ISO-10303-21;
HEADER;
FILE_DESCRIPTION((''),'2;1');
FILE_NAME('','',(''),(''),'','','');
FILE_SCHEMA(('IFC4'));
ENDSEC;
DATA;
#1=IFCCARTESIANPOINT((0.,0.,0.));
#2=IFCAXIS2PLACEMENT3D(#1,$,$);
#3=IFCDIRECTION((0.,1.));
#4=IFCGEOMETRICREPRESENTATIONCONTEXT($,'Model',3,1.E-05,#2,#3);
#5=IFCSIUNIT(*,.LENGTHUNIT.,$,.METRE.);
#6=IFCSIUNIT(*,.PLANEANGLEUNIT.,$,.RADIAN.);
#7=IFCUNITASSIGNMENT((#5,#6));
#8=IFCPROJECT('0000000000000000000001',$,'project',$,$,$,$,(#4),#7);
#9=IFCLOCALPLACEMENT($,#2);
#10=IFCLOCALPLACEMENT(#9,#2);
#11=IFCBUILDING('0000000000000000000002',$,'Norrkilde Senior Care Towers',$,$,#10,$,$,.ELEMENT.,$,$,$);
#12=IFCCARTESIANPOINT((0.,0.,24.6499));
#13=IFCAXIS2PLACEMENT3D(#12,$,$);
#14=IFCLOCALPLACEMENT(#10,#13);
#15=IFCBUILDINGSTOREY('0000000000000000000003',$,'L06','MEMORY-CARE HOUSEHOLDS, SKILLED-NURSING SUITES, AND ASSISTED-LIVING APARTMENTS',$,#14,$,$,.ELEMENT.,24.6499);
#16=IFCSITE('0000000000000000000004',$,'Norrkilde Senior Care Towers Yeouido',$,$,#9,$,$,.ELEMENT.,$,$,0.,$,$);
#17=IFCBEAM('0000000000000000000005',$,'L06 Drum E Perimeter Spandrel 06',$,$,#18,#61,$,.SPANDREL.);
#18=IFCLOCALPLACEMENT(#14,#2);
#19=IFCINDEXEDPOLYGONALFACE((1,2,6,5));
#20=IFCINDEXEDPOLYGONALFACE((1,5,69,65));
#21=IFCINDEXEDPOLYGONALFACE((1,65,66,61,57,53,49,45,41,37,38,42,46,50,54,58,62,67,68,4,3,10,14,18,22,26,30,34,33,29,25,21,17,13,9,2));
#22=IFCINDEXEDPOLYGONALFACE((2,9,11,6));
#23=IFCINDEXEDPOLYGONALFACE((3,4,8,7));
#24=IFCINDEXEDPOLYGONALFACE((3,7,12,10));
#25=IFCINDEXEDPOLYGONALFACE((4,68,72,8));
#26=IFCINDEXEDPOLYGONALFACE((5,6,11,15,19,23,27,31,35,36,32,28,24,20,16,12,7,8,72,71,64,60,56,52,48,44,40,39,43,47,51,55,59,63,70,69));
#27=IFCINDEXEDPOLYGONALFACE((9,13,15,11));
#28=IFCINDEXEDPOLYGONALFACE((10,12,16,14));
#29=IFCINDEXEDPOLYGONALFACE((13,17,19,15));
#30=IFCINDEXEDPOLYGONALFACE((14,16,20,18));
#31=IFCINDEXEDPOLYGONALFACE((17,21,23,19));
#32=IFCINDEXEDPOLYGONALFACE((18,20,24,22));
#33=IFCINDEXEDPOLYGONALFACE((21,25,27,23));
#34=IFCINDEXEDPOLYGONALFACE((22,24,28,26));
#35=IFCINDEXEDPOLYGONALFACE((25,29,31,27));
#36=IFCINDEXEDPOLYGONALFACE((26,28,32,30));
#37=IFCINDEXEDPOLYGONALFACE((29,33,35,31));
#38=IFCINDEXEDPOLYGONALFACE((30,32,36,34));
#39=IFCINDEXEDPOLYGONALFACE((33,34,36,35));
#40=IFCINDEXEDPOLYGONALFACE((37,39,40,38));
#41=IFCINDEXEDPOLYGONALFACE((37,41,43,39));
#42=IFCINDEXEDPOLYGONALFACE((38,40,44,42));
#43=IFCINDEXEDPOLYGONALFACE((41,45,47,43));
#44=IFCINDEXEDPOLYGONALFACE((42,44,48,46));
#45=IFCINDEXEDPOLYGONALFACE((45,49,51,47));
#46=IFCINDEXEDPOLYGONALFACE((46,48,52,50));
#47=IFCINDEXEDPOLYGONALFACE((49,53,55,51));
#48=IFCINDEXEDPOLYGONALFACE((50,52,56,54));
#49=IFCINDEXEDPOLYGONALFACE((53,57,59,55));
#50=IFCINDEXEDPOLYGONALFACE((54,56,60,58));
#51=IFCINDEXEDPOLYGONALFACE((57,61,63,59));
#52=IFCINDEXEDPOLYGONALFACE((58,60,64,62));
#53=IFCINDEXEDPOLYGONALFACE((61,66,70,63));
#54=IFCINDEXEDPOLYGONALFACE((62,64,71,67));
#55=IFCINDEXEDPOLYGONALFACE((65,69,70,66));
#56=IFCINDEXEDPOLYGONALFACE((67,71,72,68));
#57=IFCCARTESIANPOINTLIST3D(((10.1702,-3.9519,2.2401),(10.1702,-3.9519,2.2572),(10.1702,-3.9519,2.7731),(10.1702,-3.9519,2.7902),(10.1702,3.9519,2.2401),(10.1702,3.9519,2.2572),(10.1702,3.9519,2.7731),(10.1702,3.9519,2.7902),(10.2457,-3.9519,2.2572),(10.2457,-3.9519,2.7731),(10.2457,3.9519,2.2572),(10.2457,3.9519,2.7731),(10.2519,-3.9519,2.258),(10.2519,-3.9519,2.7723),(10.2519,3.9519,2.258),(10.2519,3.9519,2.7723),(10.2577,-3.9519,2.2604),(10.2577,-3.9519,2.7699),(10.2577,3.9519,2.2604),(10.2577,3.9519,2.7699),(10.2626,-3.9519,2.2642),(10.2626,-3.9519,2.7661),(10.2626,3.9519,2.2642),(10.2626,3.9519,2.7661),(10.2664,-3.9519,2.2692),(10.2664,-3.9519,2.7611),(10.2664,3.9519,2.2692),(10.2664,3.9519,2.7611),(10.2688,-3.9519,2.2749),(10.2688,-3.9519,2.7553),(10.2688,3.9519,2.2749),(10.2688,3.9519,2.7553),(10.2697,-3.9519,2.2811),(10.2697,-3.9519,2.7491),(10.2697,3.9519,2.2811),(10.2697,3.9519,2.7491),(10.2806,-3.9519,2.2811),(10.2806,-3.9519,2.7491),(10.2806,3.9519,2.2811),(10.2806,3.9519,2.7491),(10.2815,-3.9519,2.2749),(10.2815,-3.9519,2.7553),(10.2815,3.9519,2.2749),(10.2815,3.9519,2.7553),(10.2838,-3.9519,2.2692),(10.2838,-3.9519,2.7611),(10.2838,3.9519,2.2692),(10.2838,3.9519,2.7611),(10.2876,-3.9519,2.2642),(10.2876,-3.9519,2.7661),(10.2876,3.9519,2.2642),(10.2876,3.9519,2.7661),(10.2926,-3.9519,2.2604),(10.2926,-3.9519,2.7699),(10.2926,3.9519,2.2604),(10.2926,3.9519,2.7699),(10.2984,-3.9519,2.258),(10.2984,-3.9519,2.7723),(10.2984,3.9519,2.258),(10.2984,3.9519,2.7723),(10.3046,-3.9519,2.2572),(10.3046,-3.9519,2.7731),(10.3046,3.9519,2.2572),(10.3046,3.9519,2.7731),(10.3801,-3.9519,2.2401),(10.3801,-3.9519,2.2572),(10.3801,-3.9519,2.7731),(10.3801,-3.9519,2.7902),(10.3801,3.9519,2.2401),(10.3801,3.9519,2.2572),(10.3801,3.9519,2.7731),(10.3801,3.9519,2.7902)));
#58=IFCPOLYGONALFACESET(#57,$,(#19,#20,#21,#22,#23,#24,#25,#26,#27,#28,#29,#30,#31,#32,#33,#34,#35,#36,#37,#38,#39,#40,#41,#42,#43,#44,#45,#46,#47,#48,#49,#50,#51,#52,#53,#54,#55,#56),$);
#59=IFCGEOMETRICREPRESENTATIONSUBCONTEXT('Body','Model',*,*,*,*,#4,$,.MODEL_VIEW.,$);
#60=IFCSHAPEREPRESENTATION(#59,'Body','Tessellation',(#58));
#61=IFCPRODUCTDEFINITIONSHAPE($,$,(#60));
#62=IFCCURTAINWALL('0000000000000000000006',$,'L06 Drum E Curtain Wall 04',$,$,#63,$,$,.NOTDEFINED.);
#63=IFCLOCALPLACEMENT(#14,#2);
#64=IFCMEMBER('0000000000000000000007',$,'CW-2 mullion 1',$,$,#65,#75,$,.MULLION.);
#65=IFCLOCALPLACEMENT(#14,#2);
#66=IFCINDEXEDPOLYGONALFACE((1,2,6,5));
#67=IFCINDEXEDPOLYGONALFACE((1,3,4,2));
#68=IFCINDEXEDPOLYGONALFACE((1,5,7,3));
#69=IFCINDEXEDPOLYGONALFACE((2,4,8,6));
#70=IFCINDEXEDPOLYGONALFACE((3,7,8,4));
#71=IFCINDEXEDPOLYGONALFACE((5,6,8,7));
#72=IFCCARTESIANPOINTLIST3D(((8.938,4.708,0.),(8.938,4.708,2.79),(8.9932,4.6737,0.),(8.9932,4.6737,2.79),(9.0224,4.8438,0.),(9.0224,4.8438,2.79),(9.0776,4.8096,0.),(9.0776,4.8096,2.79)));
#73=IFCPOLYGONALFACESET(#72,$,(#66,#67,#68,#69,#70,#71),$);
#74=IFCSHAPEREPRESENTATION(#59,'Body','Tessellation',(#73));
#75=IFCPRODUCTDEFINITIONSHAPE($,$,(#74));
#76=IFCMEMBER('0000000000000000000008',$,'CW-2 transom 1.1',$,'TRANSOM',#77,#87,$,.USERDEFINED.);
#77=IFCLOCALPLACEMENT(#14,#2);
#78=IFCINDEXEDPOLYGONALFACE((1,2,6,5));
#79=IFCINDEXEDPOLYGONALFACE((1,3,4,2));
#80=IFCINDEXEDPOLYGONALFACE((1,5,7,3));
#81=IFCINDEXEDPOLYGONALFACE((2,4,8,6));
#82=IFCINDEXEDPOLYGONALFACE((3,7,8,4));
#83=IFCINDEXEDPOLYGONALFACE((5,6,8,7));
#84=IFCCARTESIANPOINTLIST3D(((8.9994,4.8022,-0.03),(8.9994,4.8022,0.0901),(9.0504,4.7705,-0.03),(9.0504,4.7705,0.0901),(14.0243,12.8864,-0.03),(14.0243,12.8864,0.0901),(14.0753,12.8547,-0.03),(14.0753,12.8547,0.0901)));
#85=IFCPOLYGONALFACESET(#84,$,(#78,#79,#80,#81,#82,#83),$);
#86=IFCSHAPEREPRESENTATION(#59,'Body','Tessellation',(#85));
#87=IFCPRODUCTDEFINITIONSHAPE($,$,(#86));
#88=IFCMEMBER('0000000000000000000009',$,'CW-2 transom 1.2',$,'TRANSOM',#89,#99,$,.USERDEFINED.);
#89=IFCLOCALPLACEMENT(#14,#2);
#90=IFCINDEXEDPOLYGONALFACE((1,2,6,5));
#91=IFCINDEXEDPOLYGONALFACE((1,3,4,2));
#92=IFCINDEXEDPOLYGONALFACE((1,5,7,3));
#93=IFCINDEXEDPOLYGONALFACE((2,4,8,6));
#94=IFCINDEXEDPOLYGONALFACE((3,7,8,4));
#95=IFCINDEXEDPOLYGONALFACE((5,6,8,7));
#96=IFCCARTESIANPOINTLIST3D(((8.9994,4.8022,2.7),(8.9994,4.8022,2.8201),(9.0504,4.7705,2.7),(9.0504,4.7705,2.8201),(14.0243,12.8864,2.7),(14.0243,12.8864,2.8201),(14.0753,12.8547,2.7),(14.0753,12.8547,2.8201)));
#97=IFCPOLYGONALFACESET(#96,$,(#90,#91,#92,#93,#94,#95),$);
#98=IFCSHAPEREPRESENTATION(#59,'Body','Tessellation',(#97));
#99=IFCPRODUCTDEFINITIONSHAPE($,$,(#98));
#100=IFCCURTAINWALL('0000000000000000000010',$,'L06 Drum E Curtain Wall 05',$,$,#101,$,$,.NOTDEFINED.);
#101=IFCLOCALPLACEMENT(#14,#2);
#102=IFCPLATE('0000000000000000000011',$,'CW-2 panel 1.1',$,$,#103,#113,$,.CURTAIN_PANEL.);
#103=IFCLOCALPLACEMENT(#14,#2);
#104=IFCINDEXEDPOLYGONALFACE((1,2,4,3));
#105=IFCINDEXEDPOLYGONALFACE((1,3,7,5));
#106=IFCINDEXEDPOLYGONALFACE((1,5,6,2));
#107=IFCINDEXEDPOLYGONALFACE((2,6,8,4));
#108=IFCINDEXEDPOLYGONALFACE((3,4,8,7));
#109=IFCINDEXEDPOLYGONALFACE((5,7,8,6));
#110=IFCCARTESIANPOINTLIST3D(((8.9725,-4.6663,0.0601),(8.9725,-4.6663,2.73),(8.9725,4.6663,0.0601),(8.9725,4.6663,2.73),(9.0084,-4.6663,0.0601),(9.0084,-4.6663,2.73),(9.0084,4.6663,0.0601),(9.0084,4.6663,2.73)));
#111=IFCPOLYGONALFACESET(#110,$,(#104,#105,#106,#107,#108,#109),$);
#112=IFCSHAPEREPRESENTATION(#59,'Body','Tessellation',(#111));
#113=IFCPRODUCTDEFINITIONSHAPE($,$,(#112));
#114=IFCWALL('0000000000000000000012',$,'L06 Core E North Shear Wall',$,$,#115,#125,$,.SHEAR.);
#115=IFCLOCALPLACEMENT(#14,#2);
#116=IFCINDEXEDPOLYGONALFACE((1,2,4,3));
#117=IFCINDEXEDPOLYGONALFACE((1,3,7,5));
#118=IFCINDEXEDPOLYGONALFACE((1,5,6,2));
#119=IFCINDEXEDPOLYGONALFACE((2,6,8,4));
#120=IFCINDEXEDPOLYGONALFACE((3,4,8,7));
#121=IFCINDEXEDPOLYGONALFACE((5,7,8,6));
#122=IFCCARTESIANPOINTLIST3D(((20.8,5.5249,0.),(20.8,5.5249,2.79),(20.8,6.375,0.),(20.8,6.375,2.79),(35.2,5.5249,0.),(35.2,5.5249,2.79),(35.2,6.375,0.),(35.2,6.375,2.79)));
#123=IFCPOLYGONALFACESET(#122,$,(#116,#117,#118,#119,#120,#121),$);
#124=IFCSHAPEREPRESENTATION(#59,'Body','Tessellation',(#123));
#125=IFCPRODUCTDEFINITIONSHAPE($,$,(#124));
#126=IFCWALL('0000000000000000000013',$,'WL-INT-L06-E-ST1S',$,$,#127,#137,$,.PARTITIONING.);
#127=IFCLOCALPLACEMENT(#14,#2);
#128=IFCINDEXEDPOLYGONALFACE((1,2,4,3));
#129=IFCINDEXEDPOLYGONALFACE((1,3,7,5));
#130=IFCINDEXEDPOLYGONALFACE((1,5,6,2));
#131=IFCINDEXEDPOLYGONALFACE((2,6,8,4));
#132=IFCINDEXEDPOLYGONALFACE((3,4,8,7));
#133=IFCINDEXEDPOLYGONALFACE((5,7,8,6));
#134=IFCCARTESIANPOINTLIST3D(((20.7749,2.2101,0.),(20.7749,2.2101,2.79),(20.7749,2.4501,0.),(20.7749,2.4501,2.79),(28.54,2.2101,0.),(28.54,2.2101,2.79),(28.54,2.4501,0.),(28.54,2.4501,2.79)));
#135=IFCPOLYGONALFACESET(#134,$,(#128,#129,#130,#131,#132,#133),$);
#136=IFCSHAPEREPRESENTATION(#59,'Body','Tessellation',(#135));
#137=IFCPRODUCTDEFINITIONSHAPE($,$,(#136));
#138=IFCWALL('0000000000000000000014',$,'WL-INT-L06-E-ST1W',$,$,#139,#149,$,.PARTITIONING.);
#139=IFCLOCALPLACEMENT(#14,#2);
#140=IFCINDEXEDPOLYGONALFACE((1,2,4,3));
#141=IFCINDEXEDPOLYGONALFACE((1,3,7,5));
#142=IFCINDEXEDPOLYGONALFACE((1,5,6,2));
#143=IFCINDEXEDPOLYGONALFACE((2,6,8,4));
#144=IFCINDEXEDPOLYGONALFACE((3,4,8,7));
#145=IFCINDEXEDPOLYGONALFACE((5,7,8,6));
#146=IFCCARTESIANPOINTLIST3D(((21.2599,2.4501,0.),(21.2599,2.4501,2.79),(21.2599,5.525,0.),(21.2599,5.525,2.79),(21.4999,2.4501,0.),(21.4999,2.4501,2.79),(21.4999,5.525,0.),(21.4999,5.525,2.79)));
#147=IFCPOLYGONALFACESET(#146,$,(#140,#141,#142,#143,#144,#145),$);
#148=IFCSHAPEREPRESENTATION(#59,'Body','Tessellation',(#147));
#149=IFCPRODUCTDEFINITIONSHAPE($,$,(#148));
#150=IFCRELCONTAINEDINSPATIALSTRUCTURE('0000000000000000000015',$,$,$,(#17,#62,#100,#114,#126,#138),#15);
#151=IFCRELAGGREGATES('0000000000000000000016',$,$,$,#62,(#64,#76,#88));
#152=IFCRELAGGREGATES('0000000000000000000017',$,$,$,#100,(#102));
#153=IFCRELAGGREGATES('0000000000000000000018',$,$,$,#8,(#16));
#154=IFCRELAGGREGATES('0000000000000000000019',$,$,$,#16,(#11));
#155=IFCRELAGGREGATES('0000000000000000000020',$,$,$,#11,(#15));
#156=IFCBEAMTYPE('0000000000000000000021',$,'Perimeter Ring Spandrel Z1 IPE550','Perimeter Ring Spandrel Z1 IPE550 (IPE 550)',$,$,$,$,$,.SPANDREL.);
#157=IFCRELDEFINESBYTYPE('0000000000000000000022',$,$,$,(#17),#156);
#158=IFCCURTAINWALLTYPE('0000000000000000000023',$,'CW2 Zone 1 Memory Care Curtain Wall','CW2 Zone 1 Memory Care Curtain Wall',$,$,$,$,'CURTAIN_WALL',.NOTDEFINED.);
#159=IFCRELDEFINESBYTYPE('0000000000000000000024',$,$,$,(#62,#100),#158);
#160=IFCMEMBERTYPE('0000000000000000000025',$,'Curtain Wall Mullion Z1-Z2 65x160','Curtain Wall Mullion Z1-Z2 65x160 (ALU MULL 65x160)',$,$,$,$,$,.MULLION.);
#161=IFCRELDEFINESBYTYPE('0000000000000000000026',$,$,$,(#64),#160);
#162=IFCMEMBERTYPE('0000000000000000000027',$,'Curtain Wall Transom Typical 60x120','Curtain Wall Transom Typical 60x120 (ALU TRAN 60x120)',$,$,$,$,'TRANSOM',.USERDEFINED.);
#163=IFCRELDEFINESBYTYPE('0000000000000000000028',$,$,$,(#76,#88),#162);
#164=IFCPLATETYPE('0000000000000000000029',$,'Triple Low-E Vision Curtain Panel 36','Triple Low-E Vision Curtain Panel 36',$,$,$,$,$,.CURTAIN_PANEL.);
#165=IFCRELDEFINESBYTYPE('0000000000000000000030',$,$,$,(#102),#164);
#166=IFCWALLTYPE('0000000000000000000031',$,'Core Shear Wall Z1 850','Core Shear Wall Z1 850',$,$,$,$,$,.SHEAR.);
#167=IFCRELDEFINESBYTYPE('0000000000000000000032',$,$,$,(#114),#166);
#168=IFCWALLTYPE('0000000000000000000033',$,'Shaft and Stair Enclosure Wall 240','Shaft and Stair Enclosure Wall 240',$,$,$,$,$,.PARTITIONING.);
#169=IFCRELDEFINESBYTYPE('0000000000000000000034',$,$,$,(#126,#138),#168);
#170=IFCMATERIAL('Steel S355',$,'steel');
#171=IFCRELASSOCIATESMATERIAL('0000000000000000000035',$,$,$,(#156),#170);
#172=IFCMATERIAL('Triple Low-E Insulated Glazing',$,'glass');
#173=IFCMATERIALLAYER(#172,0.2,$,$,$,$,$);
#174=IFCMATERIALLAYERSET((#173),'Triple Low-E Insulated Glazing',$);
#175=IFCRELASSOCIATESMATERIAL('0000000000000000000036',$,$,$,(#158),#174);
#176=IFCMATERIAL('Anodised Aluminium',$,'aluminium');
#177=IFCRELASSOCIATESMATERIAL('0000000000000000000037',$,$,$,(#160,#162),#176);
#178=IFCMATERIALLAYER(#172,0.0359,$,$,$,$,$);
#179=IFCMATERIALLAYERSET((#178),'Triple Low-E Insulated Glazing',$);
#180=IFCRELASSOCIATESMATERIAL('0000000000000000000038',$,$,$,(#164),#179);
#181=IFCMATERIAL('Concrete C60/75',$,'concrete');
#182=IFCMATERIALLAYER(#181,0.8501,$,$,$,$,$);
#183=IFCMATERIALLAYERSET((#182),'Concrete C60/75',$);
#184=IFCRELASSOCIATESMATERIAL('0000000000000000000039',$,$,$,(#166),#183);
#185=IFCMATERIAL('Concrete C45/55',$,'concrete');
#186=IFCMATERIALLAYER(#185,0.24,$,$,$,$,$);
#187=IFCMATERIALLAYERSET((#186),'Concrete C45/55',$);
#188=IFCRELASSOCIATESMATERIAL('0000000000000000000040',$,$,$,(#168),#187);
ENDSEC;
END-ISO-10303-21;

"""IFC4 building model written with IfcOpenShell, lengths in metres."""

from ifc_helpers import new_model, si_unit, direction, frame, frame_2d, origin, origin_2d, place, context, subcontext, project, spatial, rectangle, i_section, extrude, source, transform, mapped, material, layer, layer_set, material_profile, profile_set, type_object, type_shapes, element, aggregate, save


model = new_model("IFC4")

# Units and contexts
model_context = context("Model", 3, precision=1e-05, world=origin(), true_north=direction((0.0, 1.0)))
body_context = subcontext(model_context, "Body", "Model", "MODEL_VIEW")
ifc_project = project(units=[si_unit("LENGTHUNIT", "METRE"), si_unit("PLANEANGLEUNIT", "RADIAN")], contexts=[model_context])

# Site, building, storey
site_placement = place(None, origin())
site = spatial("IfcSite", under=ifc_project, at=site_placement, Name="Norrkilde Senior Care Towers Yeouido", CompositionType="ELEMENT", RefElevation=0.0)
building_placement = place(site_placement, origin())
building = spatial("IfcBuilding", under=site, at=building_placement, Name="Norrkilde Senior Care Towers", CompositionType="ELEMENT")
storey_placement = place(building_placement, frame((0.0, 0.0, 24.6499)))
storey = spatial("IfcBuildingStorey", under=building, at=storey_placement, Name="L06", Description="MEMORY-CARE HOUSEHOLDS, SKILLED-NURSING SUITES, AND ASSISTED-LIVING APARTMENTS", CompositionType="ELEMENT", Elevation=24.6499)

# Shared definitions
ifc_material_1 = material(Name="Concrete C60/75", Category="concrete")

# Beam
ifc_material_2 = material(Name="Steel S355", Category="steel")
ifc_material_profile_1 = material_profile(ifc_material_2, i_section(OverallWidth=0.21, OverallDepth=0.55, WebThickness=0.011, FlangeThickness=0.0171, FilletRadius=0.0239, at=origin_2d()), Name="IPE 550")
ifc_profile_set_1 = profile_set([ifc_material_profile_1], Name="Steel S355")
beam_type_1 = type_object("IfcBeamType", Name="Perimeter Ring Spandrel Z1 IPE550", Description="Perimeter Ring Spandrel Z1 IPE550 (IPE 550)", PredefinedType="SPANDREL", material=ifc_profile_set_1)
shared_shape_1 = source(origin(), body_context, "Body", "SweptSolid", [
    extrude(i_section(OverallWidth=0.21, OverallDepth=0.55, WebThickness=0.011, FlangeThickness=0.0171, FilletRadius=0.0239, at=origin_2d()), origin(), (0.0, 0.0, 1.0), 7.9038),
])
type_shapes(beam_type_1, [shared_shape_1])
beam_1_placement = place(storey_placement, frame((10.2751, 3.9519, 2.5151), z_axis=(0.0, -1.0, 0.0), x_axis=(1.0, 0.0, 0.0)))
element("IfcBeam", 1, at=beam_1_placement, inside=storey, type_object=beam_type_1, Name="L06 Drum E Perimeter Spandrel 06", PredefinedType="SPANDREL", context=body_context, shape_type="MappedRepresentation", body=[
    mapped(shared_shape_1, transform((0.0, 0.0, 0.0), x_axis=(1.0, 0.0, 0.0), y_axis=(0.0, 1.0, 0.0), z_axis=(0.0, 0.0, 1.0), scale=1.0)),
])

# Curtain wall, members
ifc_material_3 = material(Name="Triple Low-E Insulated Glazing", Category="glass")
ifc_layer_1 = layer(ifc_material_3, 0.2)
ifc_layer_set_1 = layer_set([ifc_layer_1], Name="Triple Low-E Insulated Glazing")
curtain_wall_type = type_object("IfcCurtainWallType", Name="CW2 Zone 1 Memory Care Curtain Wall", Description="CW2 Zone 1 Memory Care Curtain Wall", ElementType="CURTAIN_WALL", PredefinedType="NOTDEFINED", material=ifc_layer_set_1)
curtain_wall_1_placement = place(storey_placement, origin())
curtain_wall_1 = element("IfcCurtainWall", 2, at=curtain_wall_1_placement, inside=storey, type_object=curtain_wall_type, Name="L06 Drum E Curtain Wall 04", PredefinedType="NOTDEFINED")
ifc_material_4 = material(Name="Anodised Aluminium", Category="aluminium")
ifc_material_profile_2 = material_profile(ifc_material_4, rectangle(XDim=0.0649, YDim=0.1599, at=origin_2d()), Name="ALU MULL 65x160")
ifc_profile_set_2 = profile_set([ifc_material_profile_2], Name="Anodised Aluminium")
member_type_1 = type_object("IfcMemberType", Name="Curtain Wall Mullion Z1-Z2 65x160", Description="Curtain Wall Mullion Z1-Z2 65x160 (ALU MULL 65x160)", PredefinedType="MULLION", material=ifc_profile_set_2)
shared_shape_2 = source(origin(), body_context, "Body", "SweptSolid", [
    extrude(rectangle(XDim=0.0649, YDim=0.1599, at=origin_2d()), origin(), (0.0, 0.0, 1.0), 2.79),
])
type_shapes(member_type_1, [shared_shape_2])
member_1_placement = place(storey_placement, frame((9.0078, 4.7588, 0.0), z_axis=(0.0, 0.0, 1.0), x_axis=(-0.849306, 0.527901, 0.0)))
member_1 = element("IfcMember", 3, at=member_1_placement, type_object=member_type_1, Name="CW-2 mullion 1", PredefinedType="MULLION", context=body_context, shape_type="MappedRepresentation", body=[
    mapped(shared_shape_2, transform((0.0, 0.0, 0.0), x_axis=(1.0, 0.0, 0.0), y_axis=(0.0, 1.0, 0.0), z_axis=(0.0, 0.0, 1.0), scale=1.0)),
])
ifc_material_profile_3 = material_profile(ifc_material_4, rectangle(XDim=0.0601, YDim=0.1201, at=origin_2d()), Name="ALU TRAN 60x120")
ifc_profile_set_3 = profile_set([ifc_material_profile_3], Name="Anodised Aluminium")
member_type_2 = type_object("IfcMemberType", Name="Curtain Wall Transom Typical 60x120", Description="Curtain Wall Transom Typical 60x120 (ALU TRAN 60x120)", ElementType="TRANSOM", PredefinedType="USERDEFINED", material=ifc_profile_set_3)
shared_shape_3 = source(origin(), body_context, "Body", "SweptSolid", [
    extrude(rectangle(XDim=0.0601, YDim=0.1201, at=origin_2d()), origin(), (0.0, 0.0, 1.0), 9.5186),
])
type_shapes(member_type_2, [shared_shape_3])
member_2_placement = place(storey_placement, frame((9.0249, 4.7864, 0.03), z_axis=(0.527902, 0.849306, 0.0), x_axis=(-0.849306, 0.527902, 0.0)))
member_2 = element("IfcMember", 4, at=member_2_placement, type_object=member_type_2, Name="CW-2 transom 1.1", ObjectType="TRANSOM", PredefinedType="USERDEFINED", context=body_context, shape_type="MappedRepresentation", body=[
    mapped(shared_shape_3, transform((0.0, 0.0, 0.0), x_axis=(1.0, 0.0, 0.0), y_axis=(0.0, 1.0, 0.0), z_axis=(0.0, 0.0, 1.0), scale=1.0)),
])
member_3_placement = place(storey_placement, frame((9.0249, 4.7864, 2.76), z_axis=(0.527902, 0.849306, 0.0), x_axis=(-0.849306, 0.527902, 0.0)))
member_3 = element("IfcMember", 5, at=member_3_placement, type_object=member_type_2, Name="CW-2 transom 1.2", ObjectType="TRANSOM", PredefinedType="USERDEFINED", context=body_context, shape_type="MappedRepresentation", body=[
    mapped(shared_shape_3, transform((0.0, 0.0, 0.0), x_axis=(1.0, 0.0, 0.0), y_axis=(0.0, 1.0, 0.0), z_axis=(0.0, 0.0, 1.0), scale=1.0)),
])
aggregate(curtain_wall_1, [member_1, member_2, member_3])

# Curtain wall, plate
curtain_wall_2_placement = place(storey_placement, origin())
curtain_wall_2 = element("IfcCurtainWall", 6, at=curtain_wall_2_placement, inside=storey, type_object=curtain_wall_type, Name="L06 Drum E Curtain Wall 05", PredefinedType="NOTDEFINED")
ifc_layer_2 = layer(ifc_material_3, 0.0359)
ifc_layer_set_2 = layer_set([ifc_layer_2], Name="Triple Low-E Insulated Glazing")
plate_type = type_object("IfcPlateType", Name="Triple Low-E Vision Curtain Panel 36", Description="Triple Low-E Vision Curtain Panel 36", PredefinedType="CURTAIN_PANEL", material=ifc_layer_set_2)
shared_shape_4 = source(origin(), body_context, "Body", "SweptSolid", [
    extrude(rectangle(XDim=9.3325, YDim=0.0359, at=origin_2d()), origin(), (0.0, 0.0, 1.0), 2.6699),
])
type_shapes(plate_type, [shared_shape_4])
plate_placement = place(storey_placement, frame((8.9905, 0.0, 0.0601), z_axis=(0.0, 0.0, 1.0), x_axis=(0.0, 1.0, 0.0)))
plate = element("IfcPlate", 7, at=plate_placement, type_object=plate_type, Name="CW-2 panel 1.1", PredefinedType="CURTAIN_PANEL", context=body_context, shape_type="MappedRepresentation", body=[
    mapped(shared_shape_4, transform((0.0, 0.0, 0.0), x_axis=(1.0, 0.0, 0.0), y_axis=(0.0, 1.0, 0.0), z_axis=(0.0, 0.0, 1.0), scale=1.0)),
])
aggregate(curtain_wall_2, [plate])

# Walls
ifc_layer_3 = layer(ifc_material_1, 0.8501)
ifc_layer_set_3 = layer_set([ifc_layer_3], Name="Concrete C60/75")
wall_type_1 = type_object("IfcWallType", Name="Core Shear Wall Z1 850", Description="Core Shear Wall Z1 850", PredefinedType="SHEAR", material=ifc_layer_set_3)
shared_shape_5 = source(origin(), body_context, "Body", "SweptSolid", [
    extrude(rectangle(XDim=14.3999, YDim=0.8501, at=frame_2d((7.2, 0.0))), origin(), (0.0, 0.0, 1.0), 2.79),
])
type_shapes(wall_type_1, [shared_shape_5])
wall_1_placement = place(storey_placement, frame((20.8, 5.95, 0.0), z_axis=(0.0, 0.0, 1.0), x_axis=(1.0, 0.0, 0.0)))
element("IfcWall", 8, at=wall_1_placement, inside=storey, type_object=wall_type_1, Name="L06 Core E North Shear Wall", PredefinedType="SHEAR", context=body_context, shape_type="MappedRepresentation", body=[
    mapped(shared_shape_5, transform((0.0, 0.0, 0.0), x_axis=(1.0, 0.0, 0.0), y_axis=(0.0, 1.0, 0.0), z_axis=(0.0, 0.0, 1.0), scale=1.0)),
])
ifc_material_5 = material(Name="Concrete C45/55", Category="concrete")
ifc_layer_4 = layer(ifc_material_5, 0.24)
ifc_layer_set_4 = layer_set([ifc_layer_4], Name="Concrete C45/55")
wall_type_2 = type_object("IfcWallType", Name="Shaft and Stair Enclosure Wall 240", Description="Shaft and Stair Enclosure Wall 240", PredefinedType="PARTITIONING", material=ifc_layer_set_4)
shared_shape_6 = source(origin(), body_context, "Body", "SweptSolid", [
    extrude(rectangle(XDim=7.7651, YDim=0.24, at=frame_2d((3.8826, 0.0))), origin(), (0.0, 0.0, 1.0), 2.79),
])
wall_2_placement = place(storey_placement, frame((20.7749, 2.3301, 0.0), z_axis=(0.0, 0.0, 1.0), x_axis=(1.0, 0.0, 0.0)))
element("IfcWall", 9, at=wall_2_placement, inside=storey, type_object=wall_type_2, Name="WL-INT-L06-E-ST1S", PredefinedType="PARTITIONING", context=body_context, shape_type="MappedRepresentation", body=[
    mapped(shared_shape_6, transform((0.0, 0.0, 0.0), x_axis=(1.0, 0.0, 0.0), y_axis=(0.0, 1.0, 0.0), z_axis=(0.0, 0.0, 1.0), scale=1.0)),
])
shared_shape_7 = source(origin(), body_context, "Body", "SweptSolid", [
    extrude(rectangle(XDim=3.075, YDim=0.24, at=frame_2d((1.5376, 0.0))), origin(), (0.0, 0.0, 1.0), 2.79),
])
type_shapes(wall_type_2, [shared_shape_6, shared_shape_7])
wall_3_placement = place(storey_placement, frame((21.3799, 2.45, 0.0), z_axis=(0.0, 0.0, 1.0), x_axis=(0.0, 1.0, 0.0)))
element("IfcWall", 10, at=wall_3_placement, inside=storey, type_object=wall_type_2, Name="WL-INT-L06-E-ST1W", PredefinedType="PARTITIONING", context=body_context, shape_type="MappedRepresentation", body=[
    mapped(shared_shape_7, transform((0.0, 0.0, 0.0), x_axis=(1.0, 0.0, 0.0), y_axis=(0.0, 1.0, 0.0), z_axis=(0.0, 0.0, 1.0), scale=1.0)),
])

save(model, "model.ifc")
